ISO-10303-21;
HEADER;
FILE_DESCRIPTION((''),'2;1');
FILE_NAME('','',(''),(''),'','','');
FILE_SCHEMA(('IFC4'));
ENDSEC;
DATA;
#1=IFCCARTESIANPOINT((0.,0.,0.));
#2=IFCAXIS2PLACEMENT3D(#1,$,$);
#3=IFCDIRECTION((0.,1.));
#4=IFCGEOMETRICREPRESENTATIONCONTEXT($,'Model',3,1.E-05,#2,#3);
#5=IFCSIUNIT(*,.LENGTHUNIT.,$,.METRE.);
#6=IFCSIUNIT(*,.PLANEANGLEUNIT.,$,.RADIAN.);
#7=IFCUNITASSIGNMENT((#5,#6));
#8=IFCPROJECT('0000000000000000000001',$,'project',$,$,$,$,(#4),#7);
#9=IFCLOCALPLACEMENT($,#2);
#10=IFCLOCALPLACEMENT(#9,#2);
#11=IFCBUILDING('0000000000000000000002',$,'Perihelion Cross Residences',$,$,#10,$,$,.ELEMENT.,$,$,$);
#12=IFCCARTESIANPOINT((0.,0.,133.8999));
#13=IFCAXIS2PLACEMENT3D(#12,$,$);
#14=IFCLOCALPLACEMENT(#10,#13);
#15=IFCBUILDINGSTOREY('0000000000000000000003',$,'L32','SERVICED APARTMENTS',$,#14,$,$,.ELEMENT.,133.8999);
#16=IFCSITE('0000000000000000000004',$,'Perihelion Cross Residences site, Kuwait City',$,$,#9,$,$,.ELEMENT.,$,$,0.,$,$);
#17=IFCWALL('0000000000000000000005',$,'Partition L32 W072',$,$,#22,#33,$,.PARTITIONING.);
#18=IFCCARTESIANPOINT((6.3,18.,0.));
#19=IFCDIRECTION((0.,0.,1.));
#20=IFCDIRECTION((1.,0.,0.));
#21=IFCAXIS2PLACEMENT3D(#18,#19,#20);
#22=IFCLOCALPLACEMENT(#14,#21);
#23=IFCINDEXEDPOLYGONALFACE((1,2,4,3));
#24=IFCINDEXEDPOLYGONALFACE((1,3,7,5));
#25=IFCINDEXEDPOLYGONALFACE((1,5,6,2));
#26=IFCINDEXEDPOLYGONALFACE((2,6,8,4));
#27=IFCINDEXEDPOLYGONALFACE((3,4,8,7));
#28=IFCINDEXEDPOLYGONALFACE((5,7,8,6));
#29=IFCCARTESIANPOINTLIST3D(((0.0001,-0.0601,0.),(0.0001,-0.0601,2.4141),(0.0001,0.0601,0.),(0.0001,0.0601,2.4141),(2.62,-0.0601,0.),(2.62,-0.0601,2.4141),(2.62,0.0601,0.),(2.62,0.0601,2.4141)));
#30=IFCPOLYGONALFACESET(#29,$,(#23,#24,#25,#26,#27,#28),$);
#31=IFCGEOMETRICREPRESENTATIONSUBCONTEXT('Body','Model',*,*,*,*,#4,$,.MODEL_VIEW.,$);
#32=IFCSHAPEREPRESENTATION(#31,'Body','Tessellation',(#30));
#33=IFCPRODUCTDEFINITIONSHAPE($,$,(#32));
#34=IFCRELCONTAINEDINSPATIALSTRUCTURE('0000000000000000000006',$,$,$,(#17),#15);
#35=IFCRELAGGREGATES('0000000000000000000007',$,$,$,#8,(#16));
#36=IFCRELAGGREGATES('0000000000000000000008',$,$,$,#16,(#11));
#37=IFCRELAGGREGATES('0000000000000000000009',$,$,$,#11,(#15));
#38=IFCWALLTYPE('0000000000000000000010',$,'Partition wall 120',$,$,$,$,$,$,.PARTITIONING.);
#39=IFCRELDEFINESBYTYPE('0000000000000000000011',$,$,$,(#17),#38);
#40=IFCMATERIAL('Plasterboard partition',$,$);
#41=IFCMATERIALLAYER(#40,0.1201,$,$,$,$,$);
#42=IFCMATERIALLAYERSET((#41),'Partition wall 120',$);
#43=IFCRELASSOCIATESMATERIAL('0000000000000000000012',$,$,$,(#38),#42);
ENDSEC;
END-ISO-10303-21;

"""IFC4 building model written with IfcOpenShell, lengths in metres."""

from ifc_helpers import new_model, si_unit, direction, frame, frame_2d, origin, place, context, subcontext, project, spatial, rectangle, extrude, material, layer, layer_set, type_object, element, save


model = new_model("IFC4")

# Units and contexts
model_context = context("Model", 3, precision=1e-05, world=origin(), true_north=direction((0.0, 1.0)))
body_context = subcontext(model_context, "Body", "Model", "MODEL_VIEW")
ifc_project = project(units=[si_unit("LENGTHUNIT", "METRE"), si_unit("PLANEANGLEUNIT", "RADIAN")], contexts=[model_context])

# Site, building, storey
site_placement = place(None, origin())
site = spatial("IfcSite", under=ifc_project, at=site_placement, Name="Perihelion Cross Residences site, Kuwait City", CompositionType="ELEMENT", RefElevation=0.0)
building_placement = place(site_placement, origin())
building = spatial("IfcBuilding", under=site, at=building_placement, Name="Perihelion Cross Residences", CompositionType="ELEMENT")
storey_placement = place(building_placement, frame((0.0, 0.0, 133.8999)))
storey = spatial("IfcBuildingStorey", under=building, at=storey_placement, Name="L32", Description="SERVICED APARTMENTS", CompositionType="ELEMENT", Elevation=133.8999)

# Wall
ifc_material_1 = material(Name="Plasterboard partition")
ifc_layer_1 = layer(ifc_material_1, 0.1201)
ifc_layer_set_1 = layer_set([ifc_layer_1], Name="Partition wall 120")
wall_type_1 = type_object("IfcWallType", Name="Partition wall 120", PredefinedType="PARTITIONING", material=ifc_layer_set_1)
wall_1_placement = place(storey_placement, frame((6.3, 18.0, 0.0), z_axis=(0.0, 0.0, 1.0), x_axis=(1.0, 0.0, 0.0)))
element("IfcWall", 1, at=wall_1_placement, inside=storey, type_object=wall_type_1, Name="Partition L32 W072", PredefinedType="PARTITIONING", context=body_context, shape_type="SweptSolid", body=[
    extrude(rectangle(XDim=2.6199, YDim=0.1201, at=frame_2d((1.3101, 0.0))), origin(), (0.0, 0.0, 1.0), 2.4141),
])

save(model, "model.ifc")
